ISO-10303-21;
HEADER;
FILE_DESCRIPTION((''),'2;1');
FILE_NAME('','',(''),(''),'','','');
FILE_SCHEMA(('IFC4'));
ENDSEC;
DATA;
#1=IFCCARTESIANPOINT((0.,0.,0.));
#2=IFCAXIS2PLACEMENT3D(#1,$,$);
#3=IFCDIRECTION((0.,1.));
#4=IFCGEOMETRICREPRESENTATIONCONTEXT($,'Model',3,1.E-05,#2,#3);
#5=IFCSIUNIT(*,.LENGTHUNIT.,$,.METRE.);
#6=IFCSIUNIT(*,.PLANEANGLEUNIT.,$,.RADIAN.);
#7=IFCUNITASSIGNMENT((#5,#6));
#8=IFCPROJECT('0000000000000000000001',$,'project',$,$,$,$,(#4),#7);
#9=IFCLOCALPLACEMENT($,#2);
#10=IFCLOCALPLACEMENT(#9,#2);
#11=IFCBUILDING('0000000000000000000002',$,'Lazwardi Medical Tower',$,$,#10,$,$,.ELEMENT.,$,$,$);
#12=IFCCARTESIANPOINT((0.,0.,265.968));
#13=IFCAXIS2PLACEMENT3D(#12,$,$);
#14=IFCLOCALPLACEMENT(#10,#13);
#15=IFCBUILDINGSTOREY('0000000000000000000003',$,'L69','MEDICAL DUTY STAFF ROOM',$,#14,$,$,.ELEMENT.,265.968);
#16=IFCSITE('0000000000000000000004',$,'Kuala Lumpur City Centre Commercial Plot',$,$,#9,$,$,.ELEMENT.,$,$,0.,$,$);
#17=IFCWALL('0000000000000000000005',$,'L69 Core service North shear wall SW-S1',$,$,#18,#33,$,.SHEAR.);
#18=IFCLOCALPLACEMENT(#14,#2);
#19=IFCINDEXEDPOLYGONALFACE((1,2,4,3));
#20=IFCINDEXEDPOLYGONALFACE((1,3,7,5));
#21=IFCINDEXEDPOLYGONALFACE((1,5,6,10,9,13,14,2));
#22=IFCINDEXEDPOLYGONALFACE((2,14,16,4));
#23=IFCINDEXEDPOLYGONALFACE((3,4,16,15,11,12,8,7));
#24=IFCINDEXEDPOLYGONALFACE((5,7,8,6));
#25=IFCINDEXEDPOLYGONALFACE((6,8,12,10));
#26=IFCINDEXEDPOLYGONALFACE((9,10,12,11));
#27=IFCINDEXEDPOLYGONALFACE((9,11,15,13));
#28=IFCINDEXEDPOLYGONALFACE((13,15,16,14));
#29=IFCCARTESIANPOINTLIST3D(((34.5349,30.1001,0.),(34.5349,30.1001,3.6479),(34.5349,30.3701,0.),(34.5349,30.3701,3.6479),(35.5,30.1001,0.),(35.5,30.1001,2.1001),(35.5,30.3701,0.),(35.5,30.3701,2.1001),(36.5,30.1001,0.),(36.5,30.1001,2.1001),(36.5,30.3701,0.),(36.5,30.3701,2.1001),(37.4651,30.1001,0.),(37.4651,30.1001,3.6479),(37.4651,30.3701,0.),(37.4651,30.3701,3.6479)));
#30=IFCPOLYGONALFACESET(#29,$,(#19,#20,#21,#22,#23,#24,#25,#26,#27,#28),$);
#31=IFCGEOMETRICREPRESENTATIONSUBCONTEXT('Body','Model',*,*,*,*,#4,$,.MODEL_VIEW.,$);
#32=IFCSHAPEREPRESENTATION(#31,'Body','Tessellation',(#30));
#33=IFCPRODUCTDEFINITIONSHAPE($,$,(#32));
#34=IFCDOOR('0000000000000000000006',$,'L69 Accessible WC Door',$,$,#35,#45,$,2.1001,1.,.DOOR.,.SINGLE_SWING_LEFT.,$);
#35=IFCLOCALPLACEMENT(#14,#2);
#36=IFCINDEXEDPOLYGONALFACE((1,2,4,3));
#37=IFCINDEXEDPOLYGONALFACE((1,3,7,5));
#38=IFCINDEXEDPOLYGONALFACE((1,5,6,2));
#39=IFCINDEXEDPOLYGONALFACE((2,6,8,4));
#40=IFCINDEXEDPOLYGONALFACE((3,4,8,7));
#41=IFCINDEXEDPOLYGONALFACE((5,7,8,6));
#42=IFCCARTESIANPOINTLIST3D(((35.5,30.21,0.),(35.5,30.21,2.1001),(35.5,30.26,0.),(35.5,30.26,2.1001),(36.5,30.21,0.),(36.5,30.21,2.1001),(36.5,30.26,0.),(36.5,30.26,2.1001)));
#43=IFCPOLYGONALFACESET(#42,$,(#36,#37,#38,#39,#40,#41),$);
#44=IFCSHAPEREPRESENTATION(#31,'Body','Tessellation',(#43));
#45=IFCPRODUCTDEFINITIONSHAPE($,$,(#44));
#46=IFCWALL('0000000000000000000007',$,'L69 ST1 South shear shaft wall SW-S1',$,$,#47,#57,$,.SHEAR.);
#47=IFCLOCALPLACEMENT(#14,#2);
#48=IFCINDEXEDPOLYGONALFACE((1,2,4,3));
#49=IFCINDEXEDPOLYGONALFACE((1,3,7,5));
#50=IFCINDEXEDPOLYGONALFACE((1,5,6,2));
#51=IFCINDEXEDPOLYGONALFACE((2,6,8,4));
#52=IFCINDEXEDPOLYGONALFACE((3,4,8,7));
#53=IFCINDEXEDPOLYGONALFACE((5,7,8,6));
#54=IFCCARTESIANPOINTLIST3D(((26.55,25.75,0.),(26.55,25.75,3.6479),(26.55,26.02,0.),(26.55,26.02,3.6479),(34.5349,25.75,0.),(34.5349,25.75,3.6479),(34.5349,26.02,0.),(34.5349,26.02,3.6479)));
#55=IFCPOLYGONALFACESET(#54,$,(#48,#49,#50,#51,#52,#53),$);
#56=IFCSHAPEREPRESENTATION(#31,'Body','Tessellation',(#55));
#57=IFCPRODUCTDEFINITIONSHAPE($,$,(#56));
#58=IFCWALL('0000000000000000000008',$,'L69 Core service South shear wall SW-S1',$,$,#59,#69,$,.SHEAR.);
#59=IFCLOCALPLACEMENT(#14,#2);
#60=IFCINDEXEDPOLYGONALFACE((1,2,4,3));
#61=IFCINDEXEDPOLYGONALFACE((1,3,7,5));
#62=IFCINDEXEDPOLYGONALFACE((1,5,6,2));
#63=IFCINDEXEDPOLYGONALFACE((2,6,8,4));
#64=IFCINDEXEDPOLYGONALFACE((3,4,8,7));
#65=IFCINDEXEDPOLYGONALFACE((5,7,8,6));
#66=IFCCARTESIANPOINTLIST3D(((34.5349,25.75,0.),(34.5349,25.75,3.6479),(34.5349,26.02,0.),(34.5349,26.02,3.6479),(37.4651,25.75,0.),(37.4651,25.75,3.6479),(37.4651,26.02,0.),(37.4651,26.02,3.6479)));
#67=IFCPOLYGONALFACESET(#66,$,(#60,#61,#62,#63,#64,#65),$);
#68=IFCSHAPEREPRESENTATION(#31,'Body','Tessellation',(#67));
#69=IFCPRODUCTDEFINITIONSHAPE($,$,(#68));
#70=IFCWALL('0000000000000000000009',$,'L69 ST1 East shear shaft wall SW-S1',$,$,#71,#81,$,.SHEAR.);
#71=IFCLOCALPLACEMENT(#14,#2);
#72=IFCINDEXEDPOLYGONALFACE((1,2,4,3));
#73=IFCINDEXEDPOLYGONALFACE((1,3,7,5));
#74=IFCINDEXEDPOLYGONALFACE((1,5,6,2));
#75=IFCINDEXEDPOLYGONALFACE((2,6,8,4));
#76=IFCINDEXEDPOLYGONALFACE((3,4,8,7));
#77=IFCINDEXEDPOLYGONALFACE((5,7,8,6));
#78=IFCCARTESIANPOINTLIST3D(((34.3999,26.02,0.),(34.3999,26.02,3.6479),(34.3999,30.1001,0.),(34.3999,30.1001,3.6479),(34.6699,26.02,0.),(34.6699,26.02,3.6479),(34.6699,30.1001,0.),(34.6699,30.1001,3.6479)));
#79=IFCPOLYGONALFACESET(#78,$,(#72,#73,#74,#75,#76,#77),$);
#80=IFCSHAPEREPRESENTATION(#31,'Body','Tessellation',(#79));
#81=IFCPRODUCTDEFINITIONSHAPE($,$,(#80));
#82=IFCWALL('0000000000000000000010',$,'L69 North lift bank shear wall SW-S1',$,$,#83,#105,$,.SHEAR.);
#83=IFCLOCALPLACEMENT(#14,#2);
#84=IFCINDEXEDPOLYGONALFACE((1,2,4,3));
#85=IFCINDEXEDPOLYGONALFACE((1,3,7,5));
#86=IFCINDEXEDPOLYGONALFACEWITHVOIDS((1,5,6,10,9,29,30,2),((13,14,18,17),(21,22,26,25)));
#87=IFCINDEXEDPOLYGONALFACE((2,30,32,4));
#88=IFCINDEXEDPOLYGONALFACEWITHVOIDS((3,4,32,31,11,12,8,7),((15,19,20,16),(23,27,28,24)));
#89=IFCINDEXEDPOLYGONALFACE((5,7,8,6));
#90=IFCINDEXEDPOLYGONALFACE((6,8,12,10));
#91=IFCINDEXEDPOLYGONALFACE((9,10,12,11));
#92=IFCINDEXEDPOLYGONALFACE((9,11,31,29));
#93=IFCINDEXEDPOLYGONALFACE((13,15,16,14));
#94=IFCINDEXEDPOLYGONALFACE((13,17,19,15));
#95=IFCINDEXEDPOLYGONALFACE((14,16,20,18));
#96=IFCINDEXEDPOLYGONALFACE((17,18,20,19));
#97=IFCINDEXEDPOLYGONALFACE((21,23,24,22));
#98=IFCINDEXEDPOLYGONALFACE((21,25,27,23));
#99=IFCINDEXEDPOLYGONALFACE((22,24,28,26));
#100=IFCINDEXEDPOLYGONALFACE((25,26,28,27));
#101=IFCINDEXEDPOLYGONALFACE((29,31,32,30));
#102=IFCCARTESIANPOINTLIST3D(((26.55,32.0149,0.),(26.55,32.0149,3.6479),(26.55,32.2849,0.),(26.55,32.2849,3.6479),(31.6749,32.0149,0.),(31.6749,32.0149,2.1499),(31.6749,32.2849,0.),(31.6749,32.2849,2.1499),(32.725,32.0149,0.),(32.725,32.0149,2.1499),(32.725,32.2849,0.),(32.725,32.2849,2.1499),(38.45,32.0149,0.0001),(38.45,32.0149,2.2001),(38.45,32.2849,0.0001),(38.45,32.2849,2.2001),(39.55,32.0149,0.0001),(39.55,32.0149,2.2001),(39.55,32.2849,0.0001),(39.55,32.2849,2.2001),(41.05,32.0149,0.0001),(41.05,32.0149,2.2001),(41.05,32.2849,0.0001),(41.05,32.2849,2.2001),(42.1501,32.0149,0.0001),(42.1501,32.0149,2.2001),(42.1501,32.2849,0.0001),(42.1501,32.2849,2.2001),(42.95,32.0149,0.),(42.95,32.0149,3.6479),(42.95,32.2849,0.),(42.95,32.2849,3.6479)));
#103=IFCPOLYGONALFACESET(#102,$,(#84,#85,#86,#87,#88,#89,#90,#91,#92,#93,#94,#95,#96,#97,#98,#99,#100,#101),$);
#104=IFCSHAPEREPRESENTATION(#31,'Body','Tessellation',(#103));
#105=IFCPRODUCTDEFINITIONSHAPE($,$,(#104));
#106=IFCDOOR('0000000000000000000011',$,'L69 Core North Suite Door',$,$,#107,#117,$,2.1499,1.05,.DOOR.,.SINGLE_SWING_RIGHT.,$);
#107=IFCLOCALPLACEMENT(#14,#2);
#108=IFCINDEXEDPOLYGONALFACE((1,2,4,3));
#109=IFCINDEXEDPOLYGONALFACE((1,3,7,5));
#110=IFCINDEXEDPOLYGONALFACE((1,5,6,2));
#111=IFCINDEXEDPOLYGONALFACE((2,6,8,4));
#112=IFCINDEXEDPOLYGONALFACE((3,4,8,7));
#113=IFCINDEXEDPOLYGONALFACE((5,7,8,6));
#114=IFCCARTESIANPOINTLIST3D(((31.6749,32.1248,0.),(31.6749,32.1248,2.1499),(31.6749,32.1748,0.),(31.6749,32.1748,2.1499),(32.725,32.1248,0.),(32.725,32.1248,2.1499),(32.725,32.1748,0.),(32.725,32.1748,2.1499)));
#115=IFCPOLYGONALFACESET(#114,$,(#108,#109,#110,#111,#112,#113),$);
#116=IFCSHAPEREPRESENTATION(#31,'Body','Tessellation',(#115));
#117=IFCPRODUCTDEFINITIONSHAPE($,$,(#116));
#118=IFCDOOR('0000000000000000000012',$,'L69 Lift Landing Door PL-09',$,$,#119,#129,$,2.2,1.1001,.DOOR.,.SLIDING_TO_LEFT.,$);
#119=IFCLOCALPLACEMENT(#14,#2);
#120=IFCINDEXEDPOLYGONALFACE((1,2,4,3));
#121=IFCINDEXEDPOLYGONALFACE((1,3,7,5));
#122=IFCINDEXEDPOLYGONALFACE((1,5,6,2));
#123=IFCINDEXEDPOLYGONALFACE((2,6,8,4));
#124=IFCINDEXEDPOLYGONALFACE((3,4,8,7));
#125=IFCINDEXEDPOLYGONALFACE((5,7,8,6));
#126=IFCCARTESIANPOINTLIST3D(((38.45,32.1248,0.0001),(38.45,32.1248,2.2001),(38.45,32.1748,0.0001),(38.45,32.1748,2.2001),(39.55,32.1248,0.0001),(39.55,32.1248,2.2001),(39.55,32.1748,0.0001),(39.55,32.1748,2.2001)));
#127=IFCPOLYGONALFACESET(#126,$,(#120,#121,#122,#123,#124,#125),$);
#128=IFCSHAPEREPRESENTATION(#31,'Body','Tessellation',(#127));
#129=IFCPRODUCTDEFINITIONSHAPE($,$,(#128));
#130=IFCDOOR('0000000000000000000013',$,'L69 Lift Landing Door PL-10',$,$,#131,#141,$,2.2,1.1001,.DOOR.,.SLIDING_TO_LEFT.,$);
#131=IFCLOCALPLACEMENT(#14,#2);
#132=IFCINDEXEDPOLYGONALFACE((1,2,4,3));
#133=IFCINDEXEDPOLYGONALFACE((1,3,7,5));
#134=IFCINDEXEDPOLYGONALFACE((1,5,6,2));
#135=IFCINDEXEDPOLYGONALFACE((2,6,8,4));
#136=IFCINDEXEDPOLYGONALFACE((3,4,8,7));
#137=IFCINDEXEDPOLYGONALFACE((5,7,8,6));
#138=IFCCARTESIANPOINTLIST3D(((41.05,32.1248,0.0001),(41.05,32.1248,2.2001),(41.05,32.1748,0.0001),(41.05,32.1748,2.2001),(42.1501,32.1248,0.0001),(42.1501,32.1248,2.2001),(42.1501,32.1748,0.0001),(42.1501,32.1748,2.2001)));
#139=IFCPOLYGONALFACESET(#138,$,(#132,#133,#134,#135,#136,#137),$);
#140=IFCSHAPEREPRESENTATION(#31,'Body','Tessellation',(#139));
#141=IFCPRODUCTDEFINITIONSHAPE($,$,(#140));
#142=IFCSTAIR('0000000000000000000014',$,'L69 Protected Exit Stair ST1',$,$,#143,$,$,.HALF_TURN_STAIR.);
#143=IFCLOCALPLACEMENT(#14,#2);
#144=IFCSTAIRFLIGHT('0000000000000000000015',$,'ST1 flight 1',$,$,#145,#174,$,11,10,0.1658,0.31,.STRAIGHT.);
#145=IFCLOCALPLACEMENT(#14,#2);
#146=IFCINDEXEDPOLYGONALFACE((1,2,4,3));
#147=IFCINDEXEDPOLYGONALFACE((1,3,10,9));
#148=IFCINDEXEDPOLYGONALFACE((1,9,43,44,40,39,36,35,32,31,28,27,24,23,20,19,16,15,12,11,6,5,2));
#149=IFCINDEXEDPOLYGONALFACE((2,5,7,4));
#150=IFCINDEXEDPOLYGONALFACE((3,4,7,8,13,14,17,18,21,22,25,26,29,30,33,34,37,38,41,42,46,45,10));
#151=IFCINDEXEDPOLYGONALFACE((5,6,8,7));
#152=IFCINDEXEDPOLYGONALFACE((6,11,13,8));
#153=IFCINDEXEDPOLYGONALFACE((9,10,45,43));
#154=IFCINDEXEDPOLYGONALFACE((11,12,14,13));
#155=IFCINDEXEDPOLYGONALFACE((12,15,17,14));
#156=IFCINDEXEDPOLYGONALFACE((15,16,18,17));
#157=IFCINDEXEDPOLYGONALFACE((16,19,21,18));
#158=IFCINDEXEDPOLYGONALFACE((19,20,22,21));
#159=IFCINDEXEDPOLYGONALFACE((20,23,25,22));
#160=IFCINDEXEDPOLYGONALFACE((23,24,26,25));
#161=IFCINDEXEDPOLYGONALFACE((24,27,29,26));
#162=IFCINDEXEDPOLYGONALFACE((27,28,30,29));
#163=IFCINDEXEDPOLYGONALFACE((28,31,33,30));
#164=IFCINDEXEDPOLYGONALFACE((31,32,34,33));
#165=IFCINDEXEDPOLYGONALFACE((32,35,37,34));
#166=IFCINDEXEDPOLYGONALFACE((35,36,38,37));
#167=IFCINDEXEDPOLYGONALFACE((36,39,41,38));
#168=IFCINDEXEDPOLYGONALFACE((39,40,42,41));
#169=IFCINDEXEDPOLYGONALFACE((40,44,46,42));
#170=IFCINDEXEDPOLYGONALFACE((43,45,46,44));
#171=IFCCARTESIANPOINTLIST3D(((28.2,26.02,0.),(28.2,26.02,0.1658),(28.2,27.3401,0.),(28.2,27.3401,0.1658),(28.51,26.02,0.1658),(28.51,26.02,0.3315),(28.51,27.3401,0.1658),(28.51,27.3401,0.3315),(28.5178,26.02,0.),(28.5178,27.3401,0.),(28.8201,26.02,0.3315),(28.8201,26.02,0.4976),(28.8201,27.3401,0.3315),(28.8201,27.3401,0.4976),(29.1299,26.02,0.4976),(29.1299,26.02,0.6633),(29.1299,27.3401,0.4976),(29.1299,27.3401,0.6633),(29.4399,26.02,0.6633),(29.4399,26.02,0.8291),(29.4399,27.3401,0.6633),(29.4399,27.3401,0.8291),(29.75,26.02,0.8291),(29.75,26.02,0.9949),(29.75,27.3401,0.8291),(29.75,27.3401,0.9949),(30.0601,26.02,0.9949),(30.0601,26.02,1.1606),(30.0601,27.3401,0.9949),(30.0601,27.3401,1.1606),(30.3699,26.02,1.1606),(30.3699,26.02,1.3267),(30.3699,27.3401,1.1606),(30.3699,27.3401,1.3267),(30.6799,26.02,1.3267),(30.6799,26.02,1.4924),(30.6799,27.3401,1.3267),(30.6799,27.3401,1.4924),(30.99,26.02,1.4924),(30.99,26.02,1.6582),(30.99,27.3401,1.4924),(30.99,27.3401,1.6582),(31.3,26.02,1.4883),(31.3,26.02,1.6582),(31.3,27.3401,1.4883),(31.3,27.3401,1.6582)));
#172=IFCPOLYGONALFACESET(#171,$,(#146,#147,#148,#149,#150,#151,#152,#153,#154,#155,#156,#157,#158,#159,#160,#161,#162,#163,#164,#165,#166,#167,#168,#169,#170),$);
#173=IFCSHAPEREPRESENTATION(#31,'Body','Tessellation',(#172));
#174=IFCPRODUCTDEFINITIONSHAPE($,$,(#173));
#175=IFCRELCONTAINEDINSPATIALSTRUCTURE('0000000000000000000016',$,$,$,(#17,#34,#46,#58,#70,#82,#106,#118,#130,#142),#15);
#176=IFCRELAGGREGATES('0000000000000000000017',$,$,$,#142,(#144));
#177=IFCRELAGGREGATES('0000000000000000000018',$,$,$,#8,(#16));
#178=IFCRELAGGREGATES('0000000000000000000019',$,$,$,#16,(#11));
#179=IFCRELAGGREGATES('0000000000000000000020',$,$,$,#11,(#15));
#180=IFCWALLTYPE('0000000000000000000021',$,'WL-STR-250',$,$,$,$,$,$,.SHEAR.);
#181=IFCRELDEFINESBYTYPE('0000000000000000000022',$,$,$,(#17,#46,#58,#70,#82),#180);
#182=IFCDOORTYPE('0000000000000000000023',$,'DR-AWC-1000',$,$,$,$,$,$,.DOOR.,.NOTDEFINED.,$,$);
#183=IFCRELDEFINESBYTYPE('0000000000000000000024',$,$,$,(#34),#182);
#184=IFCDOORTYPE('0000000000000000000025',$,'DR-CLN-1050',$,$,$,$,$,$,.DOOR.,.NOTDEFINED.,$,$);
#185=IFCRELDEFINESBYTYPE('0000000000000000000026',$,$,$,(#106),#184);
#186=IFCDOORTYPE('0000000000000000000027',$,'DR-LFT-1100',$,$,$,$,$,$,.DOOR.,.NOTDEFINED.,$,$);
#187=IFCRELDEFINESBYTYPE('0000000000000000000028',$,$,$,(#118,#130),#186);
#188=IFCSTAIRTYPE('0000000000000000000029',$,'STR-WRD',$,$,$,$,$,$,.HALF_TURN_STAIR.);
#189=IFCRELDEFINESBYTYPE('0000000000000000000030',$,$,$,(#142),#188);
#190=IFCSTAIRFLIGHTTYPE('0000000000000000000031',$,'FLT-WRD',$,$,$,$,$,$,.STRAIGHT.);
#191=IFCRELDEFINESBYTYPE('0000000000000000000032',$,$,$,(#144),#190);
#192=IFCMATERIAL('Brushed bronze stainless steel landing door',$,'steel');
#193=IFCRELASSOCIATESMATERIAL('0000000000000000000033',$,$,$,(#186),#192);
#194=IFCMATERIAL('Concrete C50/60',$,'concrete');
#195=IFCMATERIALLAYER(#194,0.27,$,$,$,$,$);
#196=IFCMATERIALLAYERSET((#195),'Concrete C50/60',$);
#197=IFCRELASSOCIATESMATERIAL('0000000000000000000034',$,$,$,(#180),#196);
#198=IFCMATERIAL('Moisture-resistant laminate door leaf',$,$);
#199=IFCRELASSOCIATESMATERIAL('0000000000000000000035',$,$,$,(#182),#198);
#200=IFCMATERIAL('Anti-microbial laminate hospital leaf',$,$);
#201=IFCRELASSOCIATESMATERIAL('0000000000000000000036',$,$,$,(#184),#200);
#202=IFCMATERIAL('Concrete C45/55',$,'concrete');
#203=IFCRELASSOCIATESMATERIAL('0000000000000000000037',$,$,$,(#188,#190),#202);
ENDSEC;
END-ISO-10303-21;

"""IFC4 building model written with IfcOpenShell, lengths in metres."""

from ifc_helpers import new_model, si_unit, direction, frame, frame_2d, origin, place, context, subcontext, project, spatial, polyline, rectangle, outline, extrude, material, layer, layer_set, type_object, element, fill, aggregate, save


model = new_model("IFC4")

# Units and contexts
model_context = context("Model", 3, precision=1e-05, world=origin(), true_north=direction((0.0, 1.0)))
body_context = subcontext(model_context, "Body", "Model", "MODEL_VIEW")
ifc_project = project(units=[si_unit("LENGTHUNIT", "METRE"), si_unit("PLANEANGLEUNIT", "RADIAN")], contexts=[model_context])

# Site, building, storey
site_placement = place(None, origin())
site = spatial("IfcSite", under=ifc_project, at=site_placement, Name="Kuala Lumpur City Centre Commercial Plot", CompositionType="ELEMENT", RefElevation=0.0)
building_placement = place(site_placement, origin())
building = spatial("IfcBuilding", under=site, at=building_placement, Name="Lazwardi Medical Tower", CompositionType="ELEMENT")
storey_placement = place(building_placement, frame((0.0, 0.0, 265.968)))
storey = spatial("IfcBuildingStorey", under=building, at=storey_placement, Name="L69", Description="MEDICAL DUTY STAFF ROOM", CompositionType="ELEMENT", Elevation=265.968)

# Shared definitions
ifc_material_1 = material(Name="Anti-microbial laminate hospital leaf")
ifc_material_2 = material(Name="Brushed bronze stainless steel landing door", Category="steel")
door_type_1 = type_object("IfcDoorType", Name="DR-LFT-1100", OperationType="NOTDEFINED", PredefinedType="DOOR", material=ifc_material_2)

# Shared definitions
ifc_material_3 = material(Name="Concrete C50/60", Category="concrete")
ifc_layer_1 = layer(ifc_material_3, 0.27)
ifc_layer_set_1 = layer_set([ifc_layer_1], Name="Concrete C50/60")
wall_type_1 = type_object("IfcWallType", Name="WL-STR-250", PredefinedType="SHEAR", material=ifc_layer_set_1)

# Wall, opening, door
wall_1_placement = place(storey_placement, frame((34.5349, 30.2351, 0.0), z_axis=(0.0, 0.0, 1.0), x_axis=(1.0, 0.0, 0.0)))
wall_1 = element("IfcWall", 1, at=wall_1_placement, inside=storey, type_object=wall_type_1, Name="L69 Core service North shear wall SW-S1", PredefinedType="SHEAR", context=body_context, shape_type="SweptSolid", body=[
    extrude(rectangle(XDim=2.9302, YDim=0.27, at=frame_2d((1.4651, 0.0))), origin(), (0.0, 0.0, 1.0), 3.6479),
])
opening_1_placement = place(wall_1_placement, frame((0.9651, 0.0, 0.0)))
opening_1 = element("IfcOpeningElement", 2, at=opening_1_placement, cuts=wall_1, PredefinedType="OPENING", context=body_context, shape_type="SweptSolid", body=[
    extrude(rectangle(XDim=1.0, YDim=2.1001, at=frame_2d((0.5, 1.05))), frame((0.0, 0.145, 0.0), z_axis=(0.0, -1.0, 0.0), x_axis=(1.0, 0.0, 0.0)), (0.0, 0.0, 1.0), 0.29),
])
ifc_material_4 = material(Name="Moisture-resistant laminate door leaf")
door_type_2 = type_object("IfcDoorType", Name="DR-AWC-1000", OperationType="NOTDEFINED", PredefinedType="DOOR", material=ifc_material_4)
door_1_placement = place(opening_1_placement, origin())
door_1 = element("IfcDoor", 3, at=door_1_placement, inside=storey, type_object=door_type_2, Name="L69 Accessible WC Door", OperationType="SINGLE_SWING_LEFT", OverallHeight=2.1001, OverallWidth=1.0, PredefinedType="DOOR", context=body_context, shape_type="SweptSolid", body=[
    extrude(rectangle(XDim=1.0, YDim=2.1001, at=frame_2d((0.5, 1.05))), frame((0.0, 0.0249, 0.0), z_axis=(0.0, -1.0, 0.0), x_axis=(1.0, 0.0, 0.0)), (0.0, 0.0, 1.0), 0.05),
])
fill(opening_1, door_1)

# Walls
wall_2_placement = place(storey_placement, frame((26.55, 25.885, 0.0), z_axis=(0.0, 0.0, 1.0), x_axis=(1.0, 0.0, 0.0)))
element("IfcWall", 4, at=wall_2_placement, inside=storey, type_object=wall_type_1, Name="L69 ST1 South shear shaft wall SW-S1", PredefinedType="SHEAR", context=body_context, shape_type="SweptSolid", body=[
    extrude(rectangle(XDim=7.9849, YDim=0.27, at=frame_2d((3.9924, 0.0))), origin(), (0.0, 0.0, 1.0), 3.6479),
])
wall_3_placement = place(storey_placement, frame((34.5349, 25.885, 0.0), z_axis=(0.0, 0.0, 1.0), x_axis=(1.0, 0.0, 0.0)))
element("IfcWall", 5, at=wall_3_placement, inside=storey, type_object=wall_type_1, Name="L69 Core service South shear wall SW-S1", PredefinedType="SHEAR", context=body_context, shape_type="SweptSolid", body=[
    extrude(rectangle(XDim=2.9302, YDim=0.27, at=frame_2d((1.4651, 0.0))), origin(), (0.0, 0.0, 1.0), 3.6479),
])
wall_4_placement = place(storey_placement, frame((34.5349, 26.02, 0.0), z_axis=(0.0, 0.0, 1.0), x_axis=(0.0, 1.0, 0.0)))
element("IfcWall", 6, at=wall_4_placement, inside=storey, type_object=wall_type_1, Name="L69 ST1 East shear shaft wall SW-S1", PredefinedType="SHEAR", context=body_context, shape_type="SweptSolid", body=[
    extrude(rectangle(XDim=4.0801, YDim=0.27, at=frame_2d((2.04, 0.0))), origin(), (0.0, 0.0, 1.0), 3.6479),
])

# Wall, openings, doors
wall_5_placement = place(storey_placement, frame((26.55, 32.1499, 0.0), z_axis=(0.0, 0.0, 1.0), x_axis=(1.0, 0.0, 0.0)))
wall_5 = element("IfcWall", 7, at=wall_5_placement, inside=storey, type_object=wall_type_1, Name="L69 North lift bank shear wall SW-S1", PredefinedType="SHEAR", context=body_context, shape_type="SweptSolid", body=[
    extrude(rectangle(XDim=16.3999, YDim=0.27, at=frame_2d((8.2, 0.0))), origin(), (0.0, 0.0, 1.0), 3.6479),
])
opening_2_placement = place(wall_5_placement, frame((5.125, 0.0, 0.0)))
opening_2 = element("IfcOpeningElement", 8, at=opening_2_placement, cuts=wall_5, PredefinedType="OPENING", context=body_context, shape_type="SweptSolid", body=[
    extrude(rectangle(XDim=1.05, YDim=2.1499, at=frame_2d((0.5249, 1.075))), frame((0.0, 0.145, 0.0), z_axis=(0.0, -1.0, 0.0), x_axis=(1.0, 0.0, 0.0)), (0.0, 0.0, 1.0), 0.29),
])
opening_3_placement = place(wall_5_placement, frame((11.8999, 0.0, 0.0)))
opening_3 = element("IfcOpeningElement", 9, at=opening_3_placement, cuts=wall_5, PredefinedType="OPENING", context=body_context, shape_type="SweptSolid", body=[
    extrude(rectangle(XDim=1.1001, YDim=2.2, at=frame_2d((0.55, 1.1001))), frame((0.0, 0.145, 0.0), z_axis=(0.0, -1.0, 0.0), x_axis=(1.0, 0.0, 0.0)), (0.0, 0.0, 1.0), 0.29),
])
opening_4_placement = place(wall_5_placement, frame((14.5, 0.0, 0.0)))
opening_4 = element("IfcOpeningElement", 10, at=opening_4_placement, cuts=wall_5, PredefinedType="OPENING", context=body_context, shape_type="SweptSolid", body=[
    extrude(rectangle(XDim=1.1001, YDim=2.2, at=frame_2d((0.55, 1.1001))), frame((0.0, 0.145, 0.0), z_axis=(0.0, -1.0, 0.0), x_axis=(1.0, 0.0, 0.0)), (0.0, 0.0, 1.0), 0.29),
])
door_type_3 = type_object("IfcDoorType", Name="DR-CLN-1050", OperationType="NOTDEFINED", PredefinedType="DOOR", material=ifc_material_1)
door_2_placement = place(opening_2_placement, origin())
door_2 = element("IfcDoor", 11, at=door_2_placement, inside=storey, type_object=door_type_3, Name="L69 Core North Suite Door", OperationType="SINGLE_SWING_RIGHT", OverallHeight=2.1499, OverallWidth=1.05, PredefinedType="DOOR", context=body_context, shape_type="SweptSolid", body=[
    extrude(rectangle(XDim=1.05, YDim=2.1499, at=frame_2d((0.5249, 1.075))), frame((0.0, 0.0249, 0.0), z_axis=(0.0, -1.0, 0.0), x_axis=(1.0, 0.0, 0.0)), (0.0, 0.0, 1.0), 0.05),
])
fill(opening_2, door_2)
door_3_placement = place(opening_3_placement, origin())
door_3 = element("IfcDoor", 12, at=door_3_placement, inside=storey, type_object=door_type_1, Name="L69 Lift Landing Door PL-09", OperationType="SLIDING_TO_LEFT", OverallHeight=2.2, OverallWidth=1.1001, PredefinedType="DOOR", context=body_context, shape_type="SweptSolid", body=[
    extrude(rectangle(XDim=1.1001, YDim=2.2, at=frame_2d((0.55, 1.1001))), frame((0.0, 0.0249, 0.0), z_axis=(0.0, -1.0, 0.0), x_axis=(1.0, 0.0, 0.0)), (0.0, 0.0, 1.0), 0.05),
])
fill(opening_3, door_3)
door_4_placement = place(opening_4_placement, origin())
door_4 = element("IfcDoor", 13, at=door_4_placement, inside=storey, type_object=door_type_1, Name="L69 Lift Landing Door PL-10", OperationType="SLIDING_TO_LEFT", OverallHeight=2.2, OverallWidth=1.1001, PredefinedType="DOOR", context=body_context, shape_type="SweptSolid", body=[
    extrude(rectangle(XDim=1.1001, YDim=2.2, at=frame_2d((0.55, 1.1001))), frame((0.0, 0.0249, 0.0), z_axis=(0.0, -1.0, 0.0), x_axis=(1.0, 0.0, 0.0)), (0.0, 0.0, 1.0), 0.05),
])
fill(opening_4, door_4)

# Stair, stair flight
ifc_material_5 = material(Name="Concrete C45/55", Category="concrete")
stair_type = type_object("IfcStairType", Name="STR-WRD", PredefinedType="HALF_TURN_STAIR", material=ifc_material_5)
stair_placement = place(storey_placement, origin())
stair = element("IfcStair", 14, at=stair_placement, inside=storey, type_object=stair_type, Name="L69 Protected Exit Stair ST1", PredefinedType="HALF_TURN_STAIR")
stair_flight_type = type_object("IfcStairFlightType", Name="FLT-WRD", PredefinedType="STRAIGHT", material=ifc_material_5)
stair_flight_1_placement = place(storey_placement, frame((28.2, 26.6799, 0.0), z_axis=(0.0, 0.0, 1.0), x_axis=(1.0, 0.0, 0.0)))
stair_flight_1 = element("IfcStairFlight", 15, at=stair_flight_1_placement, type_object=stair_flight_type, Name="ST1 flight 1", NumberOfRisers=11, NumberOfTreads=10, PredefinedType="STRAIGHT", RiserHeight=0.1658, TreadLength=0.31, context=body_context, shape_type="SweptSolid", body=[
    extrude(outline(polyline([(0.0, 0.0), (0.0, 0.1658), (0.3101, 0.1658), (0.3101, 0.3315), (0.6201, 0.3315), (0.6201, 0.4976), (0.9299, 0.4976), (0.9299, 0.6633), (1.24, 0.6633), (1.24, 0.8291), (1.55, 0.8291), (1.55, 0.9949), (1.8601, 0.9949), (1.8601, 1.1606), (2.1699, 1.1606), (2.1699, 1.3267), (2.48, 1.3267), (2.48, 1.4924), (2.79, 1.4924), (2.79, 1.6582), (3.1001, 1.6582), (3.1001, 1.824), (3.1001, 1.4883), (0.3179, 0.0), (0.0, 0.0)])), frame((0.0, 0.6602, 0.0), z_axis=(0.0, -1.0, 0.0), x_axis=(1.0, 0.0, 0.0)), (0.0, 0.0, 1.0), 1.3201),
])
aggregate(stair, [stair_flight_1])

save(model, "model.ifc")
